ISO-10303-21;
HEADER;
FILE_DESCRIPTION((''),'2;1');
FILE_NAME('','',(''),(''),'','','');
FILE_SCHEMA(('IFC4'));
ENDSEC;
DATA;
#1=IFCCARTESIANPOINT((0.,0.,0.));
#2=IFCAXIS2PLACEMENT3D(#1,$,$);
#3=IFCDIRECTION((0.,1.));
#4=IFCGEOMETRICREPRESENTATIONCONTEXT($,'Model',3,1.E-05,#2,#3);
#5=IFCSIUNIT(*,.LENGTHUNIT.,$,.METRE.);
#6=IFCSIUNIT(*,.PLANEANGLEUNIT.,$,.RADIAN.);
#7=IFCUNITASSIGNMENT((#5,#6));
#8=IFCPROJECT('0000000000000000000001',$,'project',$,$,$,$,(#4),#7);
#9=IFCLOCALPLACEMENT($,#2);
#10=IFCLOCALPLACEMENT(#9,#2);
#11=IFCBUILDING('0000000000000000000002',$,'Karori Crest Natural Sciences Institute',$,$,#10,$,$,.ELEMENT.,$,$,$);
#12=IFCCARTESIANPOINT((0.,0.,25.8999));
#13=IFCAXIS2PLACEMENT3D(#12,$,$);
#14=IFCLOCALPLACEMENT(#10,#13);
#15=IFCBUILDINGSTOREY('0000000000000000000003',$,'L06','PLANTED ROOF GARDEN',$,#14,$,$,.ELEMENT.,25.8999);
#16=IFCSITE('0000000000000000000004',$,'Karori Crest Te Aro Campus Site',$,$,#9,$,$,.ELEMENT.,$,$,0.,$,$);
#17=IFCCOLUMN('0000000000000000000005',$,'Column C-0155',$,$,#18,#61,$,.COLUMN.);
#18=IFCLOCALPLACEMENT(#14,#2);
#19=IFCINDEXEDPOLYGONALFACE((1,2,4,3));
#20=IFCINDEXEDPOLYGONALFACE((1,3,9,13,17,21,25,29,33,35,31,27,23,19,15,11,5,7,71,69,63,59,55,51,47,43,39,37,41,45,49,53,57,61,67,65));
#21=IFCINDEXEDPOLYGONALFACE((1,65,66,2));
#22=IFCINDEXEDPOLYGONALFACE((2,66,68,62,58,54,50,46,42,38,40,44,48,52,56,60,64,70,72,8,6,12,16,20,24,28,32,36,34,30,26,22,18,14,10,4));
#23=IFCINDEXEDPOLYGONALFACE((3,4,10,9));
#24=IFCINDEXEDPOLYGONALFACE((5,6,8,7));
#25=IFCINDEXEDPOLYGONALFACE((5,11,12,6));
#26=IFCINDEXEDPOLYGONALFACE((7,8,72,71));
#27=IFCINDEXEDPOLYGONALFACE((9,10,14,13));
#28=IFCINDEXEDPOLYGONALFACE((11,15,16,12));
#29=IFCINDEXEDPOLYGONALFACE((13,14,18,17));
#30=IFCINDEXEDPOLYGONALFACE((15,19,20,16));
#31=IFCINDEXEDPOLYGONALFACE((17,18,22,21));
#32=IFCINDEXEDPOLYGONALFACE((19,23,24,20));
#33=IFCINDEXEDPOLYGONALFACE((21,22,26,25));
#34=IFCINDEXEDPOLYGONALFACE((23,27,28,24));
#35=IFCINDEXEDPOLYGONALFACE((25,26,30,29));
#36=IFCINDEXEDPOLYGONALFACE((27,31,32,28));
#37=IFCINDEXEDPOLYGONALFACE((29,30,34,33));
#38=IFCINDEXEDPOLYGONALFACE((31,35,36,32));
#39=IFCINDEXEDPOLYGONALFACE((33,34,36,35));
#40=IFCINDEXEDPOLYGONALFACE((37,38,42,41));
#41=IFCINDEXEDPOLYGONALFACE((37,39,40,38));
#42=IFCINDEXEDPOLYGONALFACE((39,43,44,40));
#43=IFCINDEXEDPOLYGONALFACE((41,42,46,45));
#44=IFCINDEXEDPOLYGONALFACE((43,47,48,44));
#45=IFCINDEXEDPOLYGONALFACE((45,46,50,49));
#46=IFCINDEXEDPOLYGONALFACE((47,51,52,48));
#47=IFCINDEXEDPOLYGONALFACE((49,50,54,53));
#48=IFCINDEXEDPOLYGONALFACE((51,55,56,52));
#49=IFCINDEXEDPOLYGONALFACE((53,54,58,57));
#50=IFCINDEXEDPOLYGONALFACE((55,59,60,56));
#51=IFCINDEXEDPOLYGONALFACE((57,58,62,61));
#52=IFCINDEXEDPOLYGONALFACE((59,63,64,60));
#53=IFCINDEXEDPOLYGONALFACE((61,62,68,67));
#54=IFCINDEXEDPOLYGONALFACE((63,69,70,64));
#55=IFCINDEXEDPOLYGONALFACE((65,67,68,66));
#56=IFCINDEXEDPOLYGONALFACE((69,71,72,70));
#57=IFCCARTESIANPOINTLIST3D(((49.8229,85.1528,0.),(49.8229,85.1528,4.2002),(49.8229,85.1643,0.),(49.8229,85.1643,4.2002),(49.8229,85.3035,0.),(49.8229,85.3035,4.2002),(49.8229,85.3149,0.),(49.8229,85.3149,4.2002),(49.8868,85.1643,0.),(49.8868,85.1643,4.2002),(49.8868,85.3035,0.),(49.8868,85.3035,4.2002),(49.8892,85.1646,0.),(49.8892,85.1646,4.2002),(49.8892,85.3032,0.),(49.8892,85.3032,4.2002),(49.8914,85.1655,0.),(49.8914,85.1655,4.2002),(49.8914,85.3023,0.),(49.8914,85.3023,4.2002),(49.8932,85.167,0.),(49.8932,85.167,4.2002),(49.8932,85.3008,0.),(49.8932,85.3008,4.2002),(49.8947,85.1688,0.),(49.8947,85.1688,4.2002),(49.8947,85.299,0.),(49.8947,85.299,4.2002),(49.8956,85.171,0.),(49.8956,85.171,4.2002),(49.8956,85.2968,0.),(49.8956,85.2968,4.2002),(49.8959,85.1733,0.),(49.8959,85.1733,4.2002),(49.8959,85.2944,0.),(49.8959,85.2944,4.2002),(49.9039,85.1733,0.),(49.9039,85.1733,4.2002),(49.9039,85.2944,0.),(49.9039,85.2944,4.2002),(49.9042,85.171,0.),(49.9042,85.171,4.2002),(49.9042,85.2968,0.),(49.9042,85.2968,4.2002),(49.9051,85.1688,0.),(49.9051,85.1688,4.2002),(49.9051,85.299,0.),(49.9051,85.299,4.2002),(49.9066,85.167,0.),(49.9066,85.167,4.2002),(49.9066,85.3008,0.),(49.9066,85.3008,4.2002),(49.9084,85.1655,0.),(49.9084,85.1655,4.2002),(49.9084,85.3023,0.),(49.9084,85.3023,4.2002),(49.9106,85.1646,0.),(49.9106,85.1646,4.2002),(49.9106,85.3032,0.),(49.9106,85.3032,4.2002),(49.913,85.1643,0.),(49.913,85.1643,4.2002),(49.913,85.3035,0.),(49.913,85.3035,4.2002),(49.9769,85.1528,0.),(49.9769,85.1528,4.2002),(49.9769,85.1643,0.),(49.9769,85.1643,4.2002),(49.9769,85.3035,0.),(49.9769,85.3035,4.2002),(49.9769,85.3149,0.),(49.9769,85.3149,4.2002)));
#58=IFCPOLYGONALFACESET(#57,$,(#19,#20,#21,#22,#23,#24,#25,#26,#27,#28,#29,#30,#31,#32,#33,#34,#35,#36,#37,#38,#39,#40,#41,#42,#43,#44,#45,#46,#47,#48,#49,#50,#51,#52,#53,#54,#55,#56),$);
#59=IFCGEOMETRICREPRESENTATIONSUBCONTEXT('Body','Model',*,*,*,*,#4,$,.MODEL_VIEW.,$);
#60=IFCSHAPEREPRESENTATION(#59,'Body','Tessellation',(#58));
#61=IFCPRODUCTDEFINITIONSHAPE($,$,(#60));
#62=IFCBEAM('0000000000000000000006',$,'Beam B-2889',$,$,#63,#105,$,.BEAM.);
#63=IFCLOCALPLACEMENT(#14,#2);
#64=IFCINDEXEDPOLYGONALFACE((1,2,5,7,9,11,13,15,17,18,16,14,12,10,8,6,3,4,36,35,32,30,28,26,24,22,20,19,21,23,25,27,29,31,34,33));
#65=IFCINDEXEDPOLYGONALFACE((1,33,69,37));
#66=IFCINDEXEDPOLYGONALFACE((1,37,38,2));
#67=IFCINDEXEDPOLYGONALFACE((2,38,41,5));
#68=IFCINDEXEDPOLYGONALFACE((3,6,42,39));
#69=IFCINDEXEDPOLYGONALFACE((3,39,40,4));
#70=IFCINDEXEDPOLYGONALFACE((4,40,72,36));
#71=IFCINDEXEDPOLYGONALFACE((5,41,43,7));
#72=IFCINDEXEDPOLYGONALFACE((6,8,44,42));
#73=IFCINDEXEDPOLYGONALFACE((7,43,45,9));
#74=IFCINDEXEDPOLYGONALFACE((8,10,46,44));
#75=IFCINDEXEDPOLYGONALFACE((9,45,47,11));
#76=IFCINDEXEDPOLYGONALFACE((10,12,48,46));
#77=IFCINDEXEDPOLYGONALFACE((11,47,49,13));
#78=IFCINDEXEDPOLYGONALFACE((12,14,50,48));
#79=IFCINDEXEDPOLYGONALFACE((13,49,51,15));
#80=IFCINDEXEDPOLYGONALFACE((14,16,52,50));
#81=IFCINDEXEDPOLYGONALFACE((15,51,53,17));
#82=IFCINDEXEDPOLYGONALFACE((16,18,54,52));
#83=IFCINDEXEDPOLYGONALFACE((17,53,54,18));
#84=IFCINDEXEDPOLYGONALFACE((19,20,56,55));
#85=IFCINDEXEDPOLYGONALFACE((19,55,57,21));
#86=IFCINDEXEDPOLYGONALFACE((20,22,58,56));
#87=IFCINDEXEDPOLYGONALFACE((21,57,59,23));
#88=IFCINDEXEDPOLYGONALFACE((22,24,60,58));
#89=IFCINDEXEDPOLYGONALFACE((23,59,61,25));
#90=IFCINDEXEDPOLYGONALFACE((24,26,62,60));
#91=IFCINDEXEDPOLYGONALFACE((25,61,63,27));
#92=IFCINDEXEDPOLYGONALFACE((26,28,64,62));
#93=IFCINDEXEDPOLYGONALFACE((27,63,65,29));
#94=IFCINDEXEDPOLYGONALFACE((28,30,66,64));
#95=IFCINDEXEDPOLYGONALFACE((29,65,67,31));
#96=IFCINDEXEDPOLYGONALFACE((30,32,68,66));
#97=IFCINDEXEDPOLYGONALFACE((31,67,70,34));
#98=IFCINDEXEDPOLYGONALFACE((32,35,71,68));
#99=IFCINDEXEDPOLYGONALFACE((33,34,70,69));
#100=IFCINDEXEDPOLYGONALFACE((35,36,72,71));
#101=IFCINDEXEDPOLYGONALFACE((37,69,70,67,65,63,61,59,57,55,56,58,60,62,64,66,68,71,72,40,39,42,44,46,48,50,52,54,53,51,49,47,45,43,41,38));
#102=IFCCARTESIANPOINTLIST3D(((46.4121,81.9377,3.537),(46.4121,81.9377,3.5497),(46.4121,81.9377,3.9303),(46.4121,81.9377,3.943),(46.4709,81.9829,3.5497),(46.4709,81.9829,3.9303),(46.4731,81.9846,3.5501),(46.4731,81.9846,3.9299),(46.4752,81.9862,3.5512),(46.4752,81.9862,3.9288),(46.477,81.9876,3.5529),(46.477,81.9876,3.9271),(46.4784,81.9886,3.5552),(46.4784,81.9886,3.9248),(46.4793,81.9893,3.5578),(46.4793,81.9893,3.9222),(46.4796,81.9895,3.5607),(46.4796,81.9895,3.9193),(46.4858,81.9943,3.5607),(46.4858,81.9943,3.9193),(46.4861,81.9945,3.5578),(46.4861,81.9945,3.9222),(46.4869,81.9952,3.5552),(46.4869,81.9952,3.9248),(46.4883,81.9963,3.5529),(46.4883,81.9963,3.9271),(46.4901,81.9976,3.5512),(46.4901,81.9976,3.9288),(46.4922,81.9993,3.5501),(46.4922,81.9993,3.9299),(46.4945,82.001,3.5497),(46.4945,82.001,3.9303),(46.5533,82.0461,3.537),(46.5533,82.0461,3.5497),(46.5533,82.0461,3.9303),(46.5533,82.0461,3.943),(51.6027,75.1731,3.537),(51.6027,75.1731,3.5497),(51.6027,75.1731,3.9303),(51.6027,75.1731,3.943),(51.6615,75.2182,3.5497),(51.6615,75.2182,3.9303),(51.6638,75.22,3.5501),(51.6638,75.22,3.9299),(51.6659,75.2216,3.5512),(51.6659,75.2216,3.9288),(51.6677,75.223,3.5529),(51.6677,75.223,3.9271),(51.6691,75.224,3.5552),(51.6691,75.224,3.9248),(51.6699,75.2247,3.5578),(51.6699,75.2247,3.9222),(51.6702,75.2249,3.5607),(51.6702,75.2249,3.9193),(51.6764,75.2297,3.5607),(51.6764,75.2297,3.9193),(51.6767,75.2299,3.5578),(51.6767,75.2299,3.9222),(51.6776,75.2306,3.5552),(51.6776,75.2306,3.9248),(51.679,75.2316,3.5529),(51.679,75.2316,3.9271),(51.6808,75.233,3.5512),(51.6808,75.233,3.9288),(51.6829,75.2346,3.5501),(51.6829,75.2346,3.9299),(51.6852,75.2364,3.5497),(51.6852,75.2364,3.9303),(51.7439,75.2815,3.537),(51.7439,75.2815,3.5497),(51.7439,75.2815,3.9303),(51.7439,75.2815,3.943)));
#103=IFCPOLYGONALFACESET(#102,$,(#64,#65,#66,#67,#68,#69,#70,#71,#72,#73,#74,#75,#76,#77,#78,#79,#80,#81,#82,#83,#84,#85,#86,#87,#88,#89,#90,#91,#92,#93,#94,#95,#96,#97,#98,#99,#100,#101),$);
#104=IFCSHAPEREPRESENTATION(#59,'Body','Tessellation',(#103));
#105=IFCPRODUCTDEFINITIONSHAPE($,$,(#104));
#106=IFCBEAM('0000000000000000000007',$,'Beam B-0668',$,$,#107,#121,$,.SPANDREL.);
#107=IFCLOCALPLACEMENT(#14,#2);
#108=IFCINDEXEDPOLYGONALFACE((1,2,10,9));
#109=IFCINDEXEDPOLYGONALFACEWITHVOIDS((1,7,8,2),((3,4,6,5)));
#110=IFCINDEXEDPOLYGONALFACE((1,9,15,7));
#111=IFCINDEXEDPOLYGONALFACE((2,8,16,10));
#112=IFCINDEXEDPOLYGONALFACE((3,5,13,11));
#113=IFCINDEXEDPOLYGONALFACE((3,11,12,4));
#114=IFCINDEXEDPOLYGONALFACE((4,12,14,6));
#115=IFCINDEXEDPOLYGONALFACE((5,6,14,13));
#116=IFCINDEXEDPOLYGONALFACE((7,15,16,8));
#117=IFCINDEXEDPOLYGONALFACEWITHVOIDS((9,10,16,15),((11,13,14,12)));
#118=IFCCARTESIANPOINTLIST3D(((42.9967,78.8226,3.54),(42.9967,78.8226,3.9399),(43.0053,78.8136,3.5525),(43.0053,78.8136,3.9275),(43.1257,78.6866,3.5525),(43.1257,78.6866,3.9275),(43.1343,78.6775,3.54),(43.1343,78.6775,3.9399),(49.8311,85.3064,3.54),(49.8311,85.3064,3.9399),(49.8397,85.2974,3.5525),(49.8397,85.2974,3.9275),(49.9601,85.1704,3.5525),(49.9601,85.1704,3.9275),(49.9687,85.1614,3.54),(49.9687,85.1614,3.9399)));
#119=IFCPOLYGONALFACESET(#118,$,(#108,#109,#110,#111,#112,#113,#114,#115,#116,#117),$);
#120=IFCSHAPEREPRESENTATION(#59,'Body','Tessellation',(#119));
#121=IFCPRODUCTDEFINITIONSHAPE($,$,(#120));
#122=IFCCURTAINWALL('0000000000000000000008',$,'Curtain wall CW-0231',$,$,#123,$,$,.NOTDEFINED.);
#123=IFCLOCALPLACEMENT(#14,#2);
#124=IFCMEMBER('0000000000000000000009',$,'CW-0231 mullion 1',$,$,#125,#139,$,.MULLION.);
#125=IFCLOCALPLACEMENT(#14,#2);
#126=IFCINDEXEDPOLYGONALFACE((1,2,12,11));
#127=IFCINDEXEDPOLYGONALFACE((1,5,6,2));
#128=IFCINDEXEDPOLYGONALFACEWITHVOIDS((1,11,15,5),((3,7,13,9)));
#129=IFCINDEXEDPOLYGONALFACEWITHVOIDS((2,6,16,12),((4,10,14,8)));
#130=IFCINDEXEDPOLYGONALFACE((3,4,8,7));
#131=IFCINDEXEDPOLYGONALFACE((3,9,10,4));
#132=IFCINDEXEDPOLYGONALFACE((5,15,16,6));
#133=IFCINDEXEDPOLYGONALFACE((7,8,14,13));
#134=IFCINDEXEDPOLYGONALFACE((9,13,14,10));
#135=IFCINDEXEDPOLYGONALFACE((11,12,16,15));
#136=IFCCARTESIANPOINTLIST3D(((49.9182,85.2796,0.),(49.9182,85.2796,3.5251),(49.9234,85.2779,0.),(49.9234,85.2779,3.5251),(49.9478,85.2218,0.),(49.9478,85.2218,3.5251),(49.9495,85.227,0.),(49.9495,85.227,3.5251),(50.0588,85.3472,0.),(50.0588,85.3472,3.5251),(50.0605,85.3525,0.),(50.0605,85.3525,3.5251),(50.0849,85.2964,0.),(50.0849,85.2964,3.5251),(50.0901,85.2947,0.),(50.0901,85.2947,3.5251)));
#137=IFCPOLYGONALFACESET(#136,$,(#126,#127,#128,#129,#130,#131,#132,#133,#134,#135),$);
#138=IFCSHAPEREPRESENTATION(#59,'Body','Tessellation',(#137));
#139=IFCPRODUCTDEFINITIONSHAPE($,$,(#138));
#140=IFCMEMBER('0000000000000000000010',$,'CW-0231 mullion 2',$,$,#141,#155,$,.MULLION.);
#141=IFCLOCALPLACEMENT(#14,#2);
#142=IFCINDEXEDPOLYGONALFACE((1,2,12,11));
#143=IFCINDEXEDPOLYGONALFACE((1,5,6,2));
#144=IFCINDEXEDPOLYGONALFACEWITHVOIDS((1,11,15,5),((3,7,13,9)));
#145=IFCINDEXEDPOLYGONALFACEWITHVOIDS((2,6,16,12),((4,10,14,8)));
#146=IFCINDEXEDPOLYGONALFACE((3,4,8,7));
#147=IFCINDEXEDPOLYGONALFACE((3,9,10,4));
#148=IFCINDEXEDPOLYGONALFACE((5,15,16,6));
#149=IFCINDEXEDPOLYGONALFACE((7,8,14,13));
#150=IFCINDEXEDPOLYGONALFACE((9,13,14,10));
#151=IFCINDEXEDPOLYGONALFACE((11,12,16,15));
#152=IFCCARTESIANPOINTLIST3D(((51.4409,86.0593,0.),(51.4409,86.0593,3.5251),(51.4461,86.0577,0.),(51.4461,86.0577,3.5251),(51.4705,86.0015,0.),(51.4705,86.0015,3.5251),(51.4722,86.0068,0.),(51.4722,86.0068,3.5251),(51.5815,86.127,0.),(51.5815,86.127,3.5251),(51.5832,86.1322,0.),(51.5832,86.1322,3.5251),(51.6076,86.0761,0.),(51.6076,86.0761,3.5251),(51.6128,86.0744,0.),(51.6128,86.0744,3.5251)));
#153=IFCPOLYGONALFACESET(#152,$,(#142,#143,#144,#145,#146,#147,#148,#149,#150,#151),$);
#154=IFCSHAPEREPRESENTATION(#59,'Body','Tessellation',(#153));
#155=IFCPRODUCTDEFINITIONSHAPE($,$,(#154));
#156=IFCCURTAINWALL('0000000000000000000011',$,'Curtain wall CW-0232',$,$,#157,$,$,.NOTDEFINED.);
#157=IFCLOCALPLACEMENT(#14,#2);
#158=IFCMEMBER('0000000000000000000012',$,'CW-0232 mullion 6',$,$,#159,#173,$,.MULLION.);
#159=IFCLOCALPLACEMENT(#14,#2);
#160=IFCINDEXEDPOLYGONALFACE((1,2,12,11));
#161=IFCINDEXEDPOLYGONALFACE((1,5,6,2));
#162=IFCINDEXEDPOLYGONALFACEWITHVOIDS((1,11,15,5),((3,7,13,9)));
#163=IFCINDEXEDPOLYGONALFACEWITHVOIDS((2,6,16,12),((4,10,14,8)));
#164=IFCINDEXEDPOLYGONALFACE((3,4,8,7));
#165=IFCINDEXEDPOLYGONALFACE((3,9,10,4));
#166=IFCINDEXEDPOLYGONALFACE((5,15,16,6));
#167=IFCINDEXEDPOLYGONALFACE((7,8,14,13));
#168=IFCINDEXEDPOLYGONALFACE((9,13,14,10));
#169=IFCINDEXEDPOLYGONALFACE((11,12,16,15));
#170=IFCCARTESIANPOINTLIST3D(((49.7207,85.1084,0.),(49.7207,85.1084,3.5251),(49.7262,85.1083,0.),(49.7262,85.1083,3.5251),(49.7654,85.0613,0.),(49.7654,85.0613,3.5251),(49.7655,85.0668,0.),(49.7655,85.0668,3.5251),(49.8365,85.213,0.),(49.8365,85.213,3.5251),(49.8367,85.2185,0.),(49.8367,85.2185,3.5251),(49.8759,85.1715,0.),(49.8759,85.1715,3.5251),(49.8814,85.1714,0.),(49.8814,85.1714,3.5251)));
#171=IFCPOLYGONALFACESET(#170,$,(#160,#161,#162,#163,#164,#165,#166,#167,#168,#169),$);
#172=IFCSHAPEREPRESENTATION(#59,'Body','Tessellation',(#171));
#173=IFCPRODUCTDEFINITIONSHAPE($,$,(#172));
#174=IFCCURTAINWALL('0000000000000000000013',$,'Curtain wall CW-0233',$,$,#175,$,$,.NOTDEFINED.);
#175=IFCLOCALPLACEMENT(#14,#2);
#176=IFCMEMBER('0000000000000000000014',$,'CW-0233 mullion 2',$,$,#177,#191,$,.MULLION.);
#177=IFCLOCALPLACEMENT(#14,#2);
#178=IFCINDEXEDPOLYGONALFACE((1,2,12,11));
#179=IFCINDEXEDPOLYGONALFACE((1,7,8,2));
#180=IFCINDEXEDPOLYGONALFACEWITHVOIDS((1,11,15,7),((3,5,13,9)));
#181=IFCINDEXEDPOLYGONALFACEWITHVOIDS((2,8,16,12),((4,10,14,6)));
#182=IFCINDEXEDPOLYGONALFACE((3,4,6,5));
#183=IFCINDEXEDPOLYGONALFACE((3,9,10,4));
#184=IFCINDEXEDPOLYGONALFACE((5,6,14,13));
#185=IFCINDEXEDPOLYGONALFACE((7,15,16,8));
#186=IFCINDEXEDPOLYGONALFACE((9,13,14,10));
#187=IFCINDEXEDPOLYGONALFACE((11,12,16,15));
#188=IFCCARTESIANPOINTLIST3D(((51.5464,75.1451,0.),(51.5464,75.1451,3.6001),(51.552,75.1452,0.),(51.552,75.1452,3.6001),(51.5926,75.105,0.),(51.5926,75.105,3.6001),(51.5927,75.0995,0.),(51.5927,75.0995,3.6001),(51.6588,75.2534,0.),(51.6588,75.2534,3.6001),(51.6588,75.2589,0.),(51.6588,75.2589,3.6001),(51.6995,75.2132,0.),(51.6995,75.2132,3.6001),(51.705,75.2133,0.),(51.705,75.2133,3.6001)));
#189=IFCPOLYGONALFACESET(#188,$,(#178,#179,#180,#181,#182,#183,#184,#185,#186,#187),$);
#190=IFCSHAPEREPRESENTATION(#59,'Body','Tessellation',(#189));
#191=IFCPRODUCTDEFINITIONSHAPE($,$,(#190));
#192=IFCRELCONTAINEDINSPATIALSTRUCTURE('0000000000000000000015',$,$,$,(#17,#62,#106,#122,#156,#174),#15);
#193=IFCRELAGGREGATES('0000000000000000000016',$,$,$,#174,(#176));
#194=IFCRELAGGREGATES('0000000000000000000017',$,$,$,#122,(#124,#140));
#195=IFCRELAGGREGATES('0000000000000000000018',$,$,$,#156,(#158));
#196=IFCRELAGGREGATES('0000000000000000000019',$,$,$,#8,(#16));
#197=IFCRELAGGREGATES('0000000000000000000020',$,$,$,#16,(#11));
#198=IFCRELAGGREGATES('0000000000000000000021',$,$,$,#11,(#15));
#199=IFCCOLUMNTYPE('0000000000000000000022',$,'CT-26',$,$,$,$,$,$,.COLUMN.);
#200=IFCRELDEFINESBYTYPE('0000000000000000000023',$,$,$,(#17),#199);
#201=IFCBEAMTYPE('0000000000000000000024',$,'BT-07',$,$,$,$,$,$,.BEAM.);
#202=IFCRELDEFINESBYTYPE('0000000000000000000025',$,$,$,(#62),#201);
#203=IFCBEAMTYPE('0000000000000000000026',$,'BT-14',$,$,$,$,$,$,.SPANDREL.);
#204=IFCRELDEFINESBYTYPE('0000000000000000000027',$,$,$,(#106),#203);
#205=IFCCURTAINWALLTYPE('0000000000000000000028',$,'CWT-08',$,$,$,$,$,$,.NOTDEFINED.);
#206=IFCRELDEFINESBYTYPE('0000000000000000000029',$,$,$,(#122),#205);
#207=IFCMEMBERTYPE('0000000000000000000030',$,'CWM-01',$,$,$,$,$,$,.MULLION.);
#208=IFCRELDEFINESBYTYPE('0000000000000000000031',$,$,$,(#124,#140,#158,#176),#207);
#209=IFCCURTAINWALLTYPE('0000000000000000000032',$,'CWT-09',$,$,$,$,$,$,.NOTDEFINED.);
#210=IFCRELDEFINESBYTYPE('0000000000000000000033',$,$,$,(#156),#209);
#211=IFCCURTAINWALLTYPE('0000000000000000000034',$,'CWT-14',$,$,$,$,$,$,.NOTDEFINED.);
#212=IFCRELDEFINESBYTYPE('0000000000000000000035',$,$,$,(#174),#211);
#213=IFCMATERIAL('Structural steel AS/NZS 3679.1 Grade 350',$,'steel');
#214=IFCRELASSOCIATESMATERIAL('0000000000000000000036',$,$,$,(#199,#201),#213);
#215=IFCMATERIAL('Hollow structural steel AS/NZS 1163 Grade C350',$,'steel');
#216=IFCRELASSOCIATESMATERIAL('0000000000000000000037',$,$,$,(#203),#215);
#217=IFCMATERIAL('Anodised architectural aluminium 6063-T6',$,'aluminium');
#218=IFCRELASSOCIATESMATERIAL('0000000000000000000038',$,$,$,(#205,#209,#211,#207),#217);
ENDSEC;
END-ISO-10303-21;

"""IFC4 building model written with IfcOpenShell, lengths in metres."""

from ifc_helpers import new_model, si_unit, direction, frame, origin, origin_2d, place, context, subcontext, project, spatial, hollow_rectangle, i_section, extrude, material, material_profile, profile_set, type_object, element, aggregate, save


model = new_model("IFC4")

# Units and contexts
model_context = context("Model", 3, precision=1e-05, world=origin(), true_north=direction((0.0, 1.0)))
body_context = subcontext(model_context, "Body", "Model", "MODEL_VIEW")
ifc_project = project(units=[si_unit("LENGTHUNIT", "METRE"), si_unit("PLANEANGLEUNIT", "RADIAN")], contexts=[model_context])

# Site, building, storey
site_placement = place(None, origin())
site = spatial("IfcSite", under=ifc_project, at=site_placement, Name="Karori Crest Te Aro Campus Site", CompositionType="ELEMENT", RefElevation=0.0)
building_placement = place(site_placement, origin())
building = spatial("IfcBuilding", under=site, at=building_placement, Name="Karori Crest Natural Sciences Institute", CompositionType="ELEMENT")
storey_placement = place(building_placement, frame((0.0, 0.0, 25.8999)))
storey = spatial("IfcBuildingStorey", under=building, at=storey_placement, Name="L06", Description="PLANTED ROOF GARDEN", CompositionType="ELEMENT", Elevation=25.8999)

# Column
ifc_material_1 = material(Name="Structural steel AS/NZS 3679.1 Grade 350", Category="steel")
ifc_material_profile_1 = material_profile(ifc_material_1, i_section(OverallWidth=0.1541, OverallDepth=0.1621, WebThickness=0.0081, FlangeThickness=0.0115, FilletRadius=0.009, at=origin_2d()), Name="150UC37.2")
ifc_profile_set_1 = profile_set([ifc_material_profile_1], Name="Structural steel AS/NZS 3679.1 Grade 350")
column_type = type_object("IfcColumnType", Name="CT-26", PredefinedType="COLUMN", material=ifc_profile_set_1)
column_placement = place(storey_placement, frame((49.8999, 85.2339, 0.0), z_axis=(0.0, 0.0, 1.0), x_axis=(1.0, 0.0, 0.0)))
element("IfcColumn", 1, at=column_placement, inside=storey, type_object=column_type, Name="Column C-0155", PredefinedType="COLUMN", context=body_context, shape_type="SweptSolid", body=[
    extrude(i_section(OverallWidth=0.1541, OverallDepth=0.1621, WebThickness=0.0081, FlangeThickness=0.0115, FilletRadius=0.009, at=origin_2d()), origin(), (0.0, 0.0, 1.0), 4.2002),
])

# Beams
ifc_material_profile_2 = material_profile(ifc_material_1, i_section(OverallWidth=0.178, OverallDepth=0.406, WebThickness=0.0078, FlangeThickness=0.0127, FilletRadius=0.011, at=origin_2d()), Name="410UB59.7")
ifc_profile_set_2 = profile_set([ifc_material_profile_2], Name="Structural steel AS/NZS 3679.1 Grade 350")
beam_type_1 = type_object("IfcBeamType", Name="BT-07", PredefinedType="BEAM", material=ifc_profile_set_2)
beam_1_placement = place(storey_placement, frame((51.6733, 75.2273, 3.74), z_axis=(-0.60876, 0.793355, 0.0), x_axis=(-0.793355, -0.60876, 0.0)))
element("IfcBeam", 2, at=beam_1_placement, inside=storey, type_object=beam_type_1, Name="Beam B-2889", PredefinedType="BEAM", context=body_context, shape_type="SweptSolid", body=[
    extrude(i_section(OverallWidth=0.178, OverallDepth=0.406, WebThickness=0.0078, FlangeThickness=0.0127, FilletRadius=0.011, at=origin_2d()), origin(), (0.0, 0.0, 1.0), 8.5266),
])
ifc_material_2 = material(Name="Hollow structural steel AS/NZS 1163 Grade C350", Category="steel")
ifc_material_profile_3 = material_profile(ifc_material_2, hollow_rectangle(XDim=0.2, YDim=0.3999, WallThickness=0.0125, at=origin_2d()), Name="RHS400x200x12.5")
ifc_profile_set_3 = profile_set([ifc_material_profile_3], Name="Hollow structural steel AS/NZS 1163 Grade C350")
beam_type_2 = type_object("IfcBeamType", Name="BT-14", PredefinedType="SPANDREL", material=ifc_profile_set_3)
beam_2_placement = place(storey_placement, frame((49.8999, 85.2339, 3.74), z_axis=(-0.725469, -0.688255, 0.0), x_axis=(0.688255, -0.725469, 0.0)))
element("IfcBeam", 3, at=beam_2_placement, inside=storey, type_object=beam_type_2, Name="Beam B-0668", PredefinedType="SPANDREL", context=body_context, shape_type="SweptSolid", body=[
    extrude(hollow_rectangle(XDim=0.2, YDim=0.3999, WallThickness=0.0125, at=origin_2d()), origin(), (0.0, 0.0, 1.0), 9.4207),
])

# Curtain wall, members
ifc_material_3 = material(Name="Anodised architectural aluminium 6063-T6", Category="aluminium")
curtain_wall_type_1 = type_object("IfcCurtainWallType", Name="CWT-08", PredefinedType="NOTDEFINED", material=ifc_material_3)
curtain_wall_1_placement = place(storey_placement, origin())
curtain_wall_1 = element("IfcCurtainWall", 4, at=curtain_wall_1_placement, inside=storey, type_object=curtain_wall_type_1, Name="Curtain wall CW-0231", PredefinedType="NOTDEFINED")
ifc_material_profile_4 = material_profile(ifc_material_3, hollow_rectangle(XDim=0.0649, YDim=0.1599, WallThickness=0.0039, at=origin_2d()), Name="CWM160x65x4")
ifc_profile_set_4 = profile_set([ifc_material_profile_4], Name="Anodised architectural aluminium 6063-T6")
member_type_1 = type_object("IfcMemberType", Name="CWM-01", PredefinedType="MULLION", material=ifc_profile_set_4)
member_1_placement = place(storey_placement, frame((50.0042, 85.2871, 0.0), z_axis=(0.0, 0.0, 1.0), x_axis=(-0.455829, 0.890067, 0.0)))
member_1 = element("IfcMember", 5, at=member_1_placement, type_object=member_type_1, Name="CW-0231 mullion 1", PredefinedType="MULLION", context=body_context, shape_type="SweptSolid", body=[
    extrude(hollow_rectangle(XDim=0.0649, YDim=0.1599, WallThickness=0.0039, at=origin_2d()), origin(), (0.0, 0.0, 1.0), 3.5251),
])
member_2_placement = place(storey_placement, frame((51.5269, 86.0669, 0.0), z_axis=(0.0, 0.0, 1.0), x_axis=(-0.455829, 0.890067, 0.0)))
member_2 = element("IfcMember", 6, at=member_2_placement, type_object=member_type_1, Name="CW-0231 mullion 2", PredefinedType="MULLION", context=body_context, shape_type="SweptSolid", body=[
    extrude(hollow_rectangle(XDim=0.0649, YDim=0.1599, WallThickness=0.0039, at=origin_2d()), origin(), (0.0, 0.0, 1.0), 3.5251),
])

# Curtain wall, member
curtain_wall_type_2 = type_object("IfcCurtainWallType", Name="CWT-09", PredefinedType="NOTDEFINED", material=ifc_material_3)
curtain_wall_2_placement = place(storey_placement, origin())
curtain_wall_2 = element("IfcCurtainWall", 7, at=curtain_wall_2_placement, inside=storey, type_object=curtain_wall_type_2, Name="Curtain wall CW-0232", PredefinedType="NOTDEFINED")
member_3_placement = place(storey_placement, frame((49.801, 85.1399, 0.0), z_axis=(0.0, 0.0, 1.0), x_axis=(-0.688251, 0.725473, 0.0)))
member_3 = element("IfcMember", 8, at=member_3_placement, type_object=member_type_1, Name="CW-0232 mullion 6", PredefinedType="MULLION", context=body_context, shape_type="SweptSolid", body=[
    extrude(hollow_rectangle(XDim=0.0649, YDim=0.1599, WallThickness=0.0039, at=origin_2d()), origin(), (0.0, 0.0, 1.0), 3.5251),
])

# Curtain wall, member
curtain_wall_type_3 = type_object("IfcCurtainWallType", Name="CWT-14", PredefinedType="NOTDEFINED", material=ifc_material_3)
curtain_wall_3_placement = place(storey_placement, origin())
curtain_wall_3 = element("IfcCurtainWall", 9, at=curtain_wall_3_placement, inside=storey, type_object=curtain_wall_type_3, Name="Curtain wall CW-0233", PredefinedType="NOTDEFINED")
member_4_placement = place(storey_placement, frame((51.6257, 75.1792, 0.0), z_axis=(0.0, 0.0, 1.0), x_axis=(0.711525, -0.702661, 0.0)))
member_4 = element("IfcMember", 10, at=member_4_placement, type_object=member_type_1, Name="CW-0233 mullion 2", PredefinedType="MULLION", context=body_context, shape_type="SweptSolid", body=[
    extrude(hollow_rectangle(XDim=0.0649, YDim=0.1599, WallThickness=0.0039, at=origin_2d()), origin(), (0.0, 0.0, 1.0), 3.6001),
])

aggregate(curtain_wall_3, [member_4])
aggregate(curtain_wall_1, [member_1, member_2])
aggregate(curtain_wall_2, [member_3])

save(model, "model.ifc")
